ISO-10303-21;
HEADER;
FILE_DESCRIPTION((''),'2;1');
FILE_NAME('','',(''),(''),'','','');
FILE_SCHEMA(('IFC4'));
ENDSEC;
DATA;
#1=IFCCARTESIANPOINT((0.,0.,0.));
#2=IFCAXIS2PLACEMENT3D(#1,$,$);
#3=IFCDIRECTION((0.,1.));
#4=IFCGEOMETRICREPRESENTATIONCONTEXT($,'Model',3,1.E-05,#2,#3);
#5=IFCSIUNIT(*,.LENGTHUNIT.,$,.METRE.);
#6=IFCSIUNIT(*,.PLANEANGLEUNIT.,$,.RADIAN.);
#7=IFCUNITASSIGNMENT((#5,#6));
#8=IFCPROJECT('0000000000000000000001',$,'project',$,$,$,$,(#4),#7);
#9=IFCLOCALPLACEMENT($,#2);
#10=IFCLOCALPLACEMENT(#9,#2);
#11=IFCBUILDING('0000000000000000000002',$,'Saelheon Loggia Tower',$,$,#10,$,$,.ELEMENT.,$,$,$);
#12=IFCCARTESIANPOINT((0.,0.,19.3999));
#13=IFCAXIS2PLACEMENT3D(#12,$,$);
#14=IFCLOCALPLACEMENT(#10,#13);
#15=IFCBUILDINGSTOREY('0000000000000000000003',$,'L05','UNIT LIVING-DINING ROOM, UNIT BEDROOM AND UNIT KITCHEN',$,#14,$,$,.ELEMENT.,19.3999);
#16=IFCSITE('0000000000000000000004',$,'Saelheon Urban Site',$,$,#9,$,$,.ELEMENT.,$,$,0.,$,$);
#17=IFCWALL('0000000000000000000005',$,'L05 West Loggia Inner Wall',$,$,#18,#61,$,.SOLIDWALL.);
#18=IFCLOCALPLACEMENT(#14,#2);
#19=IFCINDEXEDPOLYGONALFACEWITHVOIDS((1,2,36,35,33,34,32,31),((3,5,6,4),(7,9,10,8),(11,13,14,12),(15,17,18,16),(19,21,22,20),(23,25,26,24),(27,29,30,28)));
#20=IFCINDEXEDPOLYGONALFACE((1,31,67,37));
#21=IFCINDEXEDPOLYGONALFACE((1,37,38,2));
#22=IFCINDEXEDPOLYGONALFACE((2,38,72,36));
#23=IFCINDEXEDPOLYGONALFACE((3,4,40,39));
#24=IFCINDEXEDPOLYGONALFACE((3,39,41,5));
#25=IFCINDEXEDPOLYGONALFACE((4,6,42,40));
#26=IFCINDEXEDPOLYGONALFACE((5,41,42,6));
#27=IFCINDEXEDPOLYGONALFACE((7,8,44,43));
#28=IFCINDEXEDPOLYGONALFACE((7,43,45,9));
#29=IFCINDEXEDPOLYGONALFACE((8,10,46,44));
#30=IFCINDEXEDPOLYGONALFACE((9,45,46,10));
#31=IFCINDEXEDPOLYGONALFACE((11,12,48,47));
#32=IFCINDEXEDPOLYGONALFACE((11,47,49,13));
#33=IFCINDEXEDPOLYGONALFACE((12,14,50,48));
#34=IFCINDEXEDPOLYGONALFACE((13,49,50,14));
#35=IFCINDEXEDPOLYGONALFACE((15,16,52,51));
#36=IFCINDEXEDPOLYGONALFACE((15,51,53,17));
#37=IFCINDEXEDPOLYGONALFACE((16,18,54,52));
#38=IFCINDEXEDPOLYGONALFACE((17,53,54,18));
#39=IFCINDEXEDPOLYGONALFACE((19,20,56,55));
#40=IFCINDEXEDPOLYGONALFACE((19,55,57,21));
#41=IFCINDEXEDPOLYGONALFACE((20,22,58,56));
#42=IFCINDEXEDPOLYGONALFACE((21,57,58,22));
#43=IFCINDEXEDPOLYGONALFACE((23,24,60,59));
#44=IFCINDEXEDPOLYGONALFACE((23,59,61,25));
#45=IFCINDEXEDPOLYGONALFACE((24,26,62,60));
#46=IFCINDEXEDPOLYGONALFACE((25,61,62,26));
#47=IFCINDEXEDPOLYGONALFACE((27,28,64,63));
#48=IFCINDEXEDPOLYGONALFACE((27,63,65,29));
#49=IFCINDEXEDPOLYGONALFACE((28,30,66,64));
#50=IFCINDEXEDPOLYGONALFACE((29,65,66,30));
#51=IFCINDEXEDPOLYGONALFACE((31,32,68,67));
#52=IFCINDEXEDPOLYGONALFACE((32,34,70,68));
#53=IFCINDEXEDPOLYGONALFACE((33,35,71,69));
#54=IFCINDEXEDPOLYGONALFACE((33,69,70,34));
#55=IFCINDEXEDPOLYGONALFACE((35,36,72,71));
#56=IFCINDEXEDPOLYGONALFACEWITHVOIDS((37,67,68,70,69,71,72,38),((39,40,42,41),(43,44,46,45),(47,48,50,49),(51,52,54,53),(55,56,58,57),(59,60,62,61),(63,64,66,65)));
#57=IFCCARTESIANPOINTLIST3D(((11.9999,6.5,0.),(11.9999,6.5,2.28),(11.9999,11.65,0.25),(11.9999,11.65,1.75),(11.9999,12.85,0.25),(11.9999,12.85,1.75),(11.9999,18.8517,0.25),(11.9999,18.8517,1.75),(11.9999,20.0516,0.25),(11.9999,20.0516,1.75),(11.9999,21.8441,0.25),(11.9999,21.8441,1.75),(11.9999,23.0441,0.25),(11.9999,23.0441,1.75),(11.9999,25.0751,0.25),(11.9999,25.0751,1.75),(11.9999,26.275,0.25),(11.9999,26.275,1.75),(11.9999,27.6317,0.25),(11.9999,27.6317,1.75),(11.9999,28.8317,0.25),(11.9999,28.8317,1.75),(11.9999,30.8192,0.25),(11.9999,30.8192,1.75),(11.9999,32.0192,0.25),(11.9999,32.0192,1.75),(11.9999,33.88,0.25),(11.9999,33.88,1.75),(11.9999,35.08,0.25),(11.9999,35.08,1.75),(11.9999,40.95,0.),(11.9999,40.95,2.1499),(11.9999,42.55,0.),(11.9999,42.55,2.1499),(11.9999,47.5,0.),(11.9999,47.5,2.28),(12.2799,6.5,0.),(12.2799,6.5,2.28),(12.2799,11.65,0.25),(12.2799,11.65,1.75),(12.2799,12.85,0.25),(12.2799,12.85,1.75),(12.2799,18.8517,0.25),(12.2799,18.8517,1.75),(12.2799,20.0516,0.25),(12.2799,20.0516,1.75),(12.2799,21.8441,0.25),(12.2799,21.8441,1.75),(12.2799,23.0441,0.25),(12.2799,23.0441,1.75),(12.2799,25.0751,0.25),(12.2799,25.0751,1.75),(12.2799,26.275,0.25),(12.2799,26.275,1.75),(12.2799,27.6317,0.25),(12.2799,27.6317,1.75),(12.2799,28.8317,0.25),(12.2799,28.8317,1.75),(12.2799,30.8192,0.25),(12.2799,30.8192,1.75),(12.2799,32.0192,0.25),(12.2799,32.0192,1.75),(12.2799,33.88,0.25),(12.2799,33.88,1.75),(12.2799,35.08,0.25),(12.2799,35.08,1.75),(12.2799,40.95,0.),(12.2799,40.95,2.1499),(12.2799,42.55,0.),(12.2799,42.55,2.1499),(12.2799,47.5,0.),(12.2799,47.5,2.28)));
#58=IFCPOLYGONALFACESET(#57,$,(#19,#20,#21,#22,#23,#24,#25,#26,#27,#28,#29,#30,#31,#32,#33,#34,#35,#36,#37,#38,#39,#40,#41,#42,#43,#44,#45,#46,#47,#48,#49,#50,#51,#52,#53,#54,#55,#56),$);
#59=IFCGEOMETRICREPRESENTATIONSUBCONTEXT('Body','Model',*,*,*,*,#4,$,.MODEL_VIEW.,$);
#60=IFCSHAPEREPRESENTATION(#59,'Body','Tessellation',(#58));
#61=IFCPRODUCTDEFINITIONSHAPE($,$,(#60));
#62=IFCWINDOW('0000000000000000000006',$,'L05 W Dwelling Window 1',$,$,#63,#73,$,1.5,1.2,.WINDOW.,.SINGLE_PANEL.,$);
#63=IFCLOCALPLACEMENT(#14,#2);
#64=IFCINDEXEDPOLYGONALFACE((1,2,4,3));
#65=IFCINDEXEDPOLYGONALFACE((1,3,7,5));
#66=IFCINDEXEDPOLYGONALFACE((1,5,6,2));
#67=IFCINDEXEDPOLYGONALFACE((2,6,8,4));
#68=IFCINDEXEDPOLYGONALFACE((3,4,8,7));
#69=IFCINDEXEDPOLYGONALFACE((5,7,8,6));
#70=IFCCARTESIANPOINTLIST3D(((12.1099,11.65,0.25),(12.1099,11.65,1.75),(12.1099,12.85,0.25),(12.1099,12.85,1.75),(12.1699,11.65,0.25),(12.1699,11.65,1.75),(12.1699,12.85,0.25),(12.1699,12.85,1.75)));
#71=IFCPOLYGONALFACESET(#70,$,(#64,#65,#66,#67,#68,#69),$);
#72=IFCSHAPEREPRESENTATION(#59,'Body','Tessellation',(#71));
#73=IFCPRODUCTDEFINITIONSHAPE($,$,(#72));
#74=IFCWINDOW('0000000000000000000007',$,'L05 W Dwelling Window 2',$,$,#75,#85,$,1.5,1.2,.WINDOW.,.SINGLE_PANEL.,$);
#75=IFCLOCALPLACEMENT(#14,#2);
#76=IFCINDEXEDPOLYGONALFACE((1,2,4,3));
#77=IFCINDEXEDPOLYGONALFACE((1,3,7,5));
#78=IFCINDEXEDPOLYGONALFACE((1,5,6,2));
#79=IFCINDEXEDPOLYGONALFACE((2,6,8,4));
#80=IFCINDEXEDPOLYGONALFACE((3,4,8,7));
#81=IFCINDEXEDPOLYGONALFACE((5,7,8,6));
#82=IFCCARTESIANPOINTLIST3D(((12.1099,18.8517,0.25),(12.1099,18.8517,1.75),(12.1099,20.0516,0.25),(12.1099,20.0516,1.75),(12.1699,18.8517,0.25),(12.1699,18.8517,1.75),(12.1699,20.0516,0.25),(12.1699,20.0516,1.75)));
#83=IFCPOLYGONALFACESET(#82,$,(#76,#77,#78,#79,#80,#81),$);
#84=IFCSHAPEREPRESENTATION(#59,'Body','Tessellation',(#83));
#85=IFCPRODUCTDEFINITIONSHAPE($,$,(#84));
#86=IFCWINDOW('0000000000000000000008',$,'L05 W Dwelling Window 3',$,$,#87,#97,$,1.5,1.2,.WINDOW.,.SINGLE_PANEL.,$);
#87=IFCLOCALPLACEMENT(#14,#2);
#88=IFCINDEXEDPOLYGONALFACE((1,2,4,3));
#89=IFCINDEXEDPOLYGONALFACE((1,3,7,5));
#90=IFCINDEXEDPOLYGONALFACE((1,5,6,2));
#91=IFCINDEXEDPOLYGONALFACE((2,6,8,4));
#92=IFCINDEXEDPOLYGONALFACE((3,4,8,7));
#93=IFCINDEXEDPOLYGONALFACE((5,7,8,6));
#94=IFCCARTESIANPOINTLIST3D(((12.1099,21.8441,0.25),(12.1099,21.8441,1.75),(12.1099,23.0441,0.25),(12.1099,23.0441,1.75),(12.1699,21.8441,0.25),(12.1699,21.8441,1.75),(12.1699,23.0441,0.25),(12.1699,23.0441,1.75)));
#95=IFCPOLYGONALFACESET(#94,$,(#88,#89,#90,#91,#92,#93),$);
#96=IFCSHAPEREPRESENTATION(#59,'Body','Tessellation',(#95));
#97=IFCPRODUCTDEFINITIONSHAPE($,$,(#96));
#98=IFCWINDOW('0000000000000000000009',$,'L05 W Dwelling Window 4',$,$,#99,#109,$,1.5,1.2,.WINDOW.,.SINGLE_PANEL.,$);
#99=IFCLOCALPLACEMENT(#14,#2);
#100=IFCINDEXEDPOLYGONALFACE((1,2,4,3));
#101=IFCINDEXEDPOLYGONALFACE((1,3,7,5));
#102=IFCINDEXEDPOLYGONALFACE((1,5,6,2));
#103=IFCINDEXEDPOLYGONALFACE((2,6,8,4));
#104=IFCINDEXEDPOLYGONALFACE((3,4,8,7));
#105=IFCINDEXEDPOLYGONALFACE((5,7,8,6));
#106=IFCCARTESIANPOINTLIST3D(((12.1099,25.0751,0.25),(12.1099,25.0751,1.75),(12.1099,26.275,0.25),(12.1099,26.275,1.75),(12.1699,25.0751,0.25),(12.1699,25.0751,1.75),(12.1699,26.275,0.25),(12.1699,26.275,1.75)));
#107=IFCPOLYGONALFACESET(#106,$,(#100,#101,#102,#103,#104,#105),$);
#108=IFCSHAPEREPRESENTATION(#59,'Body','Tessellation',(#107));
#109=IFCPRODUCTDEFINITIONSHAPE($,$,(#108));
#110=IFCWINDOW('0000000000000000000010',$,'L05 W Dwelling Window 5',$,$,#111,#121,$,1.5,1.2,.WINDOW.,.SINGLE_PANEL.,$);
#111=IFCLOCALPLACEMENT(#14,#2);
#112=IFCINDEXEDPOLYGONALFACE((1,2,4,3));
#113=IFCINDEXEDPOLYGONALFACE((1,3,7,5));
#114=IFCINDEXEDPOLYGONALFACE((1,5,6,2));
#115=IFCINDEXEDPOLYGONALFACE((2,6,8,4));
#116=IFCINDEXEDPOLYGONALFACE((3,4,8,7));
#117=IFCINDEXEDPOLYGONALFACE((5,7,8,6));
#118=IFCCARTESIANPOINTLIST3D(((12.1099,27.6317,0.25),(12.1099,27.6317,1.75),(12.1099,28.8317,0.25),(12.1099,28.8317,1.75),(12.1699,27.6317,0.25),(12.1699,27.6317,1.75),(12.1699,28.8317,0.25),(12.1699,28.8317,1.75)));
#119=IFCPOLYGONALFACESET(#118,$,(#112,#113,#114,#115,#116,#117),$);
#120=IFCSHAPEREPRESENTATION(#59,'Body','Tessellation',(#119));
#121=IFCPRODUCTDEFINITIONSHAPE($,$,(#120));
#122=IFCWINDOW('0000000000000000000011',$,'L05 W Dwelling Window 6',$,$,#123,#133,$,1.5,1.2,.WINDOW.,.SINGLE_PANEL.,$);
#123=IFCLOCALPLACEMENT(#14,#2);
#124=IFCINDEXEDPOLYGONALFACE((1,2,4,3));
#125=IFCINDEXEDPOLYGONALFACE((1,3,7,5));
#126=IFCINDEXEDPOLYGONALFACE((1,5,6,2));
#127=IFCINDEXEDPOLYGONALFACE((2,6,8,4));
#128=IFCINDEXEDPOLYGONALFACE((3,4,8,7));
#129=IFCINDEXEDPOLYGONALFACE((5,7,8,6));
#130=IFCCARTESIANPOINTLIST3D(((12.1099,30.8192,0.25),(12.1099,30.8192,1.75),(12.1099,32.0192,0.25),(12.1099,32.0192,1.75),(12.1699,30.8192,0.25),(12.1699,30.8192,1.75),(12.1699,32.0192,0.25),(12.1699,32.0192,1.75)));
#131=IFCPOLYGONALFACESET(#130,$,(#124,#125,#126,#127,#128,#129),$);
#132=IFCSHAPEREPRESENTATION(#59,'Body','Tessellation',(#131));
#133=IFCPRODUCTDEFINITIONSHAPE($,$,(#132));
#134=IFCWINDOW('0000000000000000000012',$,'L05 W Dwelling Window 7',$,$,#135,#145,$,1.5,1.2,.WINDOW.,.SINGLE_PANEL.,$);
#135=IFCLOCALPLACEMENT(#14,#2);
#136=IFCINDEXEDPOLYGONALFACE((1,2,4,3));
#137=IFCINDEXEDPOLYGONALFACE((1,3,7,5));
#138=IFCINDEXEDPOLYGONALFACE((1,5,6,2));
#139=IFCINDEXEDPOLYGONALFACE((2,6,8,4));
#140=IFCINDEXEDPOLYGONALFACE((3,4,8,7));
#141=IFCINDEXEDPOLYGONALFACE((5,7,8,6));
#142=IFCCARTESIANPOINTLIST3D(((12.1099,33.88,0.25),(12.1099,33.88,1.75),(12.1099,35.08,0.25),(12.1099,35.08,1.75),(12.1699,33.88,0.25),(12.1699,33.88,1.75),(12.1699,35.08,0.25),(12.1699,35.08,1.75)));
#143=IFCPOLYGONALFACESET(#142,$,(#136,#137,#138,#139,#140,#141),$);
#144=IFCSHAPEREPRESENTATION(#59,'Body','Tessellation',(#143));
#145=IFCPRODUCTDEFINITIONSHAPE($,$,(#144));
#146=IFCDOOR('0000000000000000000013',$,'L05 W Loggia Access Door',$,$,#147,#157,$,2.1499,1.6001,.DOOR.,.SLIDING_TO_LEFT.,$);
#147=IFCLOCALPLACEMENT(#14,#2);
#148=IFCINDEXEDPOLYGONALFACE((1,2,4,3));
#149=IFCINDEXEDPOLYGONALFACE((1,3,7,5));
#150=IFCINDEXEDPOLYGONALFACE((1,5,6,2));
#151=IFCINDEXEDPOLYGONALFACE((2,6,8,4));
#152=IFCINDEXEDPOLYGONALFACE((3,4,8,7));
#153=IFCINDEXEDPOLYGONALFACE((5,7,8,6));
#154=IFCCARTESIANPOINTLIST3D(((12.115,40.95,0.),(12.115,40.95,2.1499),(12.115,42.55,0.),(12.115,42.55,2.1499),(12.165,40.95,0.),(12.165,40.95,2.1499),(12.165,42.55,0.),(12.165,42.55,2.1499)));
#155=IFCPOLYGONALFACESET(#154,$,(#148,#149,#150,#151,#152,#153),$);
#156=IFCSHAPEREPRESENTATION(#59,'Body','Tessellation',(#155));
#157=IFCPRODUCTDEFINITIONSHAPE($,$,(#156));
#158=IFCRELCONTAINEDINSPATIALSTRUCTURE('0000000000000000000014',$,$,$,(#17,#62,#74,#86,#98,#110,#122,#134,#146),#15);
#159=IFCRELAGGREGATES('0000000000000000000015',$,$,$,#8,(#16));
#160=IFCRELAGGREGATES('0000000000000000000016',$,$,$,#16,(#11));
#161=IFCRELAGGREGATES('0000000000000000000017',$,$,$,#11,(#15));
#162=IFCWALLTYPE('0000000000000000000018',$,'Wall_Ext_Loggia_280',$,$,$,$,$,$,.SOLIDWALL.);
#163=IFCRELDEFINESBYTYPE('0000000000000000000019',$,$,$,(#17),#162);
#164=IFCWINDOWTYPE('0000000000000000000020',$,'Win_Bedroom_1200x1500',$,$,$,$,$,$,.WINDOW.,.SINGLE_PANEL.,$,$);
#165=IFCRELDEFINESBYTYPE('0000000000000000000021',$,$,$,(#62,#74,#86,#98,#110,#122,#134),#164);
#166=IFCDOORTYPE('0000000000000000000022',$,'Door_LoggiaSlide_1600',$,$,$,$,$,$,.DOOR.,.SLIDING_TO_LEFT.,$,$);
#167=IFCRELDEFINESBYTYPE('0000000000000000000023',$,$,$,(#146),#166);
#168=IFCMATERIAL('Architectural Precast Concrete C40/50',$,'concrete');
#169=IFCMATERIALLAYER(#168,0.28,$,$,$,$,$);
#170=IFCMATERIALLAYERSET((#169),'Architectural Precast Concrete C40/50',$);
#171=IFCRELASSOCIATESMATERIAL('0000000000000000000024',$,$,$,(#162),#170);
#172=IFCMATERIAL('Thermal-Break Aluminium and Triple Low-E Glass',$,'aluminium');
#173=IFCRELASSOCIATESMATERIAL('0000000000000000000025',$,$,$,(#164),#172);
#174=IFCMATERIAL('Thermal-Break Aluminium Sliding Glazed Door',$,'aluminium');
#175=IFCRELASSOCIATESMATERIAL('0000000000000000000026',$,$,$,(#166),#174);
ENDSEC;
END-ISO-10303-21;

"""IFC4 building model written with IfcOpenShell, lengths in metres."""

from ifc_helpers import new_model, si_unit, direction, frame, frame_2d, origin, place, context, subcontext, project, spatial, rectangle, extrude, source, transform, mapped, material, layer, layer_set, type_object, element, fill, save


model = new_model("IFC4")

# Units and contexts
model_context = context("Model", 3, precision=1e-05, world=origin(), true_north=direction((0.0, 1.0)))
body_context = subcontext(model_context, "Body", "Model", "MODEL_VIEW")
ifc_project = project(units=[si_unit("LENGTHUNIT", "METRE"), si_unit("PLANEANGLEUNIT", "RADIAN")], contexts=[model_context])

# Site, building, storey
site_placement = place(None, origin())
site = spatial("IfcSite", under=ifc_project, at=site_placement, Name="Saelheon Urban Site", CompositionType="ELEMENT", RefElevation=0.0)
building_placement = place(site_placement, origin())
building = spatial("IfcBuilding", under=site, at=building_placement, Name="Saelheon Loggia Tower", CompositionType="ELEMENT")
storey_placement = place(building_placement, frame((0.0, 0.0, 19.3999)))
storey = spatial("IfcBuildingStorey", under=building, at=storey_placement, Name="L05", Description="UNIT LIVING-DINING ROOM, UNIT BEDROOM AND UNIT KITCHEN", CompositionType="ELEMENT", Elevation=19.3999)

# Wall, openings, windows, door
ifc_material_1 = material(Name="Architectural Precast Concrete C40/50", Category="concrete")
ifc_layer_1 = layer(ifc_material_1, 0.28)
ifc_layer_set_1 = layer_set([ifc_layer_1], Name="Architectural Precast Concrete C40/50")
wall_type_1 = type_object("IfcWallType", Name="Wall_Ext_Loggia_280", PredefinedType="SOLIDWALL", material=ifc_layer_set_1)
wall_1_placement = place(storey_placement, frame((12.1399, 6.5, 0.0), z_axis=(0.0, 0.0, 1.0), x_axis=(0.0, 1.0, 0.0)))
wall_1 = element("IfcWall", 1, at=wall_1_placement, inside=storey, type_object=wall_type_1, Name="L05 West Loggia Inner Wall", PredefinedType="SOLIDWALL", context=body_context, shape_type="SweptSolid", body=[
    extrude(rectangle(XDim=41.0, YDim=0.28, at=frame_2d((20.5, 0.0))), origin(), (0.0, 0.0, 1.0), 2.28),
])
opening_1_placement = place(wall_1_placement, frame((5.1499, 0.0, 0.25)))
opening_1 = element("IfcOpeningElement", 2, at=opening_1_placement, cuts=wall_1, PredefinedType="OPENING", context=body_context, shape_type="SweptSolid", body=[
    extrude(rectangle(XDim=1.2, YDim=1.5, at=frame_2d((0.6001, 0.75))), frame((0.0, 0.1521, 0.0), z_axis=(0.0, -1.0, 0.0), x_axis=(1.0, 0.0, 0.0)), (0.0, 0.0, 1.0), 0.304),
])
opening_2_placement = place(wall_1_placement, frame((12.3516, 0.0, 0.25)))
opening_2 = element("IfcOpeningElement", 3, at=opening_2_placement, cuts=wall_1, PredefinedType="OPENING", context=body_context, shape_type="SweptSolid", body=[
    extrude(rectangle(XDim=1.2, YDim=1.5, at=frame_2d((0.6001, 0.75))), frame((0.0, 0.1521, 0.0), z_axis=(0.0, -1.0, 0.0), x_axis=(1.0, 0.0, 0.0)), (0.0, 0.0, 1.0), 0.304),
])
opening_3_placement = place(wall_1_placement, frame((15.344, 0.0, 0.25)))
opening_3 = element("IfcOpeningElement", 4, at=opening_3_placement, cuts=wall_1, PredefinedType="OPENING", context=body_context, shape_type="SweptSolid", body=[
    extrude(rectangle(XDim=1.2, YDim=1.5, at=frame_2d((0.6001, 0.75))), frame((0.0, 0.1521, 0.0), z_axis=(0.0, -1.0, 0.0), x_axis=(1.0, 0.0, 0.0)), (0.0, 0.0, 1.0), 0.304),
])
opening_4_placement = place(wall_1_placement, frame((18.575, 0.0, 0.25)))
opening_4 = element("IfcOpeningElement", 5, at=opening_4_placement, cuts=wall_1, PredefinedType="OPENING", context=body_context, shape_type="SweptSolid", body=[
    extrude(rectangle(XDim=1.2, YDim=1.5, at=frame_2d((0.6001, 0.75))), frame((0.0, 0.1521, 0.0), z_axis=(0.0, -1.0, 0.0), x_axis=(1.0, 0.0, 0.0)), (0.0, 0.0, 1.0), 0.304),
])
opening_5_placement = place(wall_1_placement, frame((21.1316, 0.0, 0.25)))
opening_5 = element("IfcOpeningElement", 6, at=opening_5_placement, cuts=wall_1, PredefinedType="OPENING", context=body_context, shape_type="SweptSolid", body=[
    extrude(rectangle(XDim=1.2, YDim=1.5, at=frame_2d((0.6001, 0.75))), frame((0.0, 0.1521, 0.0), z_axis=(0.0, -1.0, 0.0), x_axis=(1.0, 0.0, 0.0)), (0.0, 0.0, 1.0), 0.304),
])
opening_6_placement = place(wall_1_placement, frame((24.3191, 0.0, 0.25)))
opening_6 = element("IfcOpeningElement", 7, at=opening_6_placement, cuts=wall_1, PredefinedType="OPENING", context=body_context, shape_type="SweptSolid", body=[
    extrude(rectangle(XDim=1.2, YDim=1.5, at=frame_2d((0.6001, 0.75))), frame((0.0, 0.1521, 0.0), z_axis=(0.0, -1.0, 0.0), x_axis=(1.0, 0.0, 0.0)), (0.0, 0.0, 1.0), 0.304),
])
opening_7_placement = place(wall_1_placement, frame((27.3799, 0.0, 0.25)))
opening_7 = element("IfcOpeningElement", 8, at=opening_7_placement, cuts=wall_1, PredefinedType="OPENING", context=body_context, shape_type="SweptSolid", body=[
    extrude(rectangle(XDim=1.2, YDim=1.5, at=frame_2d((0.6001, 0.75))), frame((0.0, 0.1521, 0.0), z_axis=(0.0, -1.0, 0.0), x_axis=(1.0, 0.0, 0.0)), (0.0, 0.0, 1.0), 0.304),
])
opening_8_placement = place(wall_1_placement, frame((34.45, 0.0, 0.0)))
opening_8 = element("IfcOpeningElement", 9, at=opening_8_placement, cuts=wall_1, PredefinedType="OPENING", context=body_context, shape_type="SweptSolid", body=[
    extrude(rectangle(XDim=1.6001, YDim=2.1499, at=frame_2d((0.8, 1.075))), frame((0.0, 0.1521, 0.0), z_axis=(0.0, -1.0, 0.0), x_axis=(1.0, 0.0, 0.0)), (0.0, 0.0, 1.0), 0.304),
])
ifc_material_2 = material(Name="Thermal-Break Aluminium and Triple Low-E Glass", Category="aluminium")
window_type = type_object("IfcWindowType", Name="Win_Bedroom_1200x1500", PartitioningType="SINGLE_PANEL", PredefinedType="WINDOW", material=ifc_material_2)
shared_shape_1 = source(origin(), body_context, "Body", "SweptSolid", [
    extrude(rectangle(XDim=1.2, YDim=1.5, at=frame_2d((0.6001, 0.75))), frame((0.0, 0.03, 0.0), z_axis=(0.0, -1.0, 0.0), x_axis=(1.0, 0.0, 0.0)), (0.0, 0.0, 1.0), 0.0601),
])
window_1_placement = place(opening_1_placement, origin())
window_1 = element("IfcWindow", 10, at=window_1_placement, inside=storey, type_object=window_type, Name="L05 W Dwelling Window 1", OverallHeight=1.5, OverallWidth=1.2, PartitioningType="SINGLE_PANEL", PredefinedType="WINDOW", context=body_context, shape_type="MappedRepresentation", body=[
    mapped(shared_shape_1, transform((0.0, 0.0, 0.0), scale=1.0)),
])
fill(opening_1, window_1)
window_2_placement = place(opening_2_placement, origin())
window_2 = element("IfcWindow", 11, at=window_2_placement, inside=storey, type_object=window_type, Name="L05 W Dwelling Window 2", OverallHeight=1.5, OverallWidth=1.2, PartitioningType="SINGLE_PANEL", PredefinedType="WINDOW", context=body_context, shape_type="MappedRepresentation", body=[
    mapped(shared_shape_1, transform((0.0, 0.0, 0.0), scale=1.0)),
])
fill(opening_2, window_2)
window_3_placement = place(opening_3_placement, origin())
window_3 = element("IfcWindow", 12, at=window_3_placement, inside=storey, type_object=window_type, Name="L05 W Dwelling Window 3", OverallHeight=1.5, OverallWidth=1.2, PartitioningType="SINGLE_PANEL", PredefinedType="WINDOW", context=body_context, shape_type="MappedRepresentation", body=[
    mapped(shared_shape_1, transform((0.0, 0.0, 0.0), scale=1.0)),
])
fill(opening_3, window_3)
window_4_placement = place(opening_4_placement, origin())
window_4 = element("IfcWindow", 13, at=window_4_placement, inside=storey, type_object=window_type, Name="L05 W Dwelling Window 4", OverallHeight=1.5, OverallWidth=1.2, PartitioningType="SINGLE_PANEL", PredefinedType="WINDOW", context=body_context, shape_type="MappedRepresentation", body=[
    mapped(shared_shape_1, transform((0.0, 0.0, 0.0), scale=1.0)),
])
fill(opening_4, window_4)
window_5_placement = place(opening_5_placement, origin())
window_5 = element("IfcWindow", 14, at=window_5_placement, inside=storey, type_object=window_type, Name="L05 W Dwelling Window 5", OverallHeight=1.5, OverallWidth=1.2, PartitioningType="SINGLE_PANEL", PredefinedType="WINDOW", context=body_context, shape_type="MappedRepresentation", body=[
    mapped(shared_shape_1, transform((0.0, 0.0, 0.0), scale=1.0)),
])
fill(opening_5, window_5)
window_6_placement = place(opening_6_placement, origin())
window_6 = element("IfcWindow", 15, at=window_6_placement, inside=storey, type_object=window_type, Name="L05 W Dwelling Window 6", OverallHeight=1.5, OverallWidth=1.2, PartitioningType="SINGLE_PANEL", PredefinedType="WINDOW", context=body_context, shape_type="MappedRepresentation", body=[
    mapped(shared_shape_1, transform((0.0, 0.0, 0.0), scale=1.0)),
])
fill(opening_6, window_6)
window_7_placement = place(opening_7_placement, origin())
window_7 = element("IfcWindow", 16, at=window_7_placement, inside=storey, type_object=window_type, Name="L05 W Dwelling Window 7", OverallHeight=1.5, OverallWidth=1.2, PartitioningType="SINGLE_PANEL", PredefinedType="WINDOW", context=body_context, shape_type="MappedRepresentation", body=[
    mapped(shared_shape_1, transform((0.0, 0.0, 0.0), scale=1.0)),
])
fill(opening_7, window_7)
ifc_material_3 = material(Name="Thermal-Break Aluminium Sliding Glazed Door", Category="aluminium")
door_type_1 = type_object("IfcDoorType", Name="Door_LoggiaSlide_1600", OperationType="SLIDING_TO_LEFT", PredefinedType="DOOR", material=ifc_material_3)
shared_shape_2 = source(origin(), body_context, "Body", "SweptSolid", [
    extrude(rectangle(XDim=1.6001, YDim=2.1499, at=frame_2d((0.8, 1.075))), frame((0.0, 0.0249, 0.0), z_axis=(0.0, -1.0, 0.0), x_axis=(1.0, 0.0, 0.0)), (0.0, 0.0, 1.0), 0.05),
])
door_1_placement = place(opening_8_placement, origin())
door_1 = element("IfcDoor", 17, at=door_1_placement, inside=storey, type_object=door_type_1, Name="L05 W Loggia Access Door", OperationType="SLIDING_TO_LEFT", OverallHeight=2.1499, OverallWidth=1.6001, PredefinedType="DOOR", context=body_context, shape_type="MappedRepresentation", body=[
    mapped(shared_shape_2, transform((0.0, 0.0, 0.0), scale=1.0)),
])
fill(opening_8, door_1)

save(model, "model.ifc")
